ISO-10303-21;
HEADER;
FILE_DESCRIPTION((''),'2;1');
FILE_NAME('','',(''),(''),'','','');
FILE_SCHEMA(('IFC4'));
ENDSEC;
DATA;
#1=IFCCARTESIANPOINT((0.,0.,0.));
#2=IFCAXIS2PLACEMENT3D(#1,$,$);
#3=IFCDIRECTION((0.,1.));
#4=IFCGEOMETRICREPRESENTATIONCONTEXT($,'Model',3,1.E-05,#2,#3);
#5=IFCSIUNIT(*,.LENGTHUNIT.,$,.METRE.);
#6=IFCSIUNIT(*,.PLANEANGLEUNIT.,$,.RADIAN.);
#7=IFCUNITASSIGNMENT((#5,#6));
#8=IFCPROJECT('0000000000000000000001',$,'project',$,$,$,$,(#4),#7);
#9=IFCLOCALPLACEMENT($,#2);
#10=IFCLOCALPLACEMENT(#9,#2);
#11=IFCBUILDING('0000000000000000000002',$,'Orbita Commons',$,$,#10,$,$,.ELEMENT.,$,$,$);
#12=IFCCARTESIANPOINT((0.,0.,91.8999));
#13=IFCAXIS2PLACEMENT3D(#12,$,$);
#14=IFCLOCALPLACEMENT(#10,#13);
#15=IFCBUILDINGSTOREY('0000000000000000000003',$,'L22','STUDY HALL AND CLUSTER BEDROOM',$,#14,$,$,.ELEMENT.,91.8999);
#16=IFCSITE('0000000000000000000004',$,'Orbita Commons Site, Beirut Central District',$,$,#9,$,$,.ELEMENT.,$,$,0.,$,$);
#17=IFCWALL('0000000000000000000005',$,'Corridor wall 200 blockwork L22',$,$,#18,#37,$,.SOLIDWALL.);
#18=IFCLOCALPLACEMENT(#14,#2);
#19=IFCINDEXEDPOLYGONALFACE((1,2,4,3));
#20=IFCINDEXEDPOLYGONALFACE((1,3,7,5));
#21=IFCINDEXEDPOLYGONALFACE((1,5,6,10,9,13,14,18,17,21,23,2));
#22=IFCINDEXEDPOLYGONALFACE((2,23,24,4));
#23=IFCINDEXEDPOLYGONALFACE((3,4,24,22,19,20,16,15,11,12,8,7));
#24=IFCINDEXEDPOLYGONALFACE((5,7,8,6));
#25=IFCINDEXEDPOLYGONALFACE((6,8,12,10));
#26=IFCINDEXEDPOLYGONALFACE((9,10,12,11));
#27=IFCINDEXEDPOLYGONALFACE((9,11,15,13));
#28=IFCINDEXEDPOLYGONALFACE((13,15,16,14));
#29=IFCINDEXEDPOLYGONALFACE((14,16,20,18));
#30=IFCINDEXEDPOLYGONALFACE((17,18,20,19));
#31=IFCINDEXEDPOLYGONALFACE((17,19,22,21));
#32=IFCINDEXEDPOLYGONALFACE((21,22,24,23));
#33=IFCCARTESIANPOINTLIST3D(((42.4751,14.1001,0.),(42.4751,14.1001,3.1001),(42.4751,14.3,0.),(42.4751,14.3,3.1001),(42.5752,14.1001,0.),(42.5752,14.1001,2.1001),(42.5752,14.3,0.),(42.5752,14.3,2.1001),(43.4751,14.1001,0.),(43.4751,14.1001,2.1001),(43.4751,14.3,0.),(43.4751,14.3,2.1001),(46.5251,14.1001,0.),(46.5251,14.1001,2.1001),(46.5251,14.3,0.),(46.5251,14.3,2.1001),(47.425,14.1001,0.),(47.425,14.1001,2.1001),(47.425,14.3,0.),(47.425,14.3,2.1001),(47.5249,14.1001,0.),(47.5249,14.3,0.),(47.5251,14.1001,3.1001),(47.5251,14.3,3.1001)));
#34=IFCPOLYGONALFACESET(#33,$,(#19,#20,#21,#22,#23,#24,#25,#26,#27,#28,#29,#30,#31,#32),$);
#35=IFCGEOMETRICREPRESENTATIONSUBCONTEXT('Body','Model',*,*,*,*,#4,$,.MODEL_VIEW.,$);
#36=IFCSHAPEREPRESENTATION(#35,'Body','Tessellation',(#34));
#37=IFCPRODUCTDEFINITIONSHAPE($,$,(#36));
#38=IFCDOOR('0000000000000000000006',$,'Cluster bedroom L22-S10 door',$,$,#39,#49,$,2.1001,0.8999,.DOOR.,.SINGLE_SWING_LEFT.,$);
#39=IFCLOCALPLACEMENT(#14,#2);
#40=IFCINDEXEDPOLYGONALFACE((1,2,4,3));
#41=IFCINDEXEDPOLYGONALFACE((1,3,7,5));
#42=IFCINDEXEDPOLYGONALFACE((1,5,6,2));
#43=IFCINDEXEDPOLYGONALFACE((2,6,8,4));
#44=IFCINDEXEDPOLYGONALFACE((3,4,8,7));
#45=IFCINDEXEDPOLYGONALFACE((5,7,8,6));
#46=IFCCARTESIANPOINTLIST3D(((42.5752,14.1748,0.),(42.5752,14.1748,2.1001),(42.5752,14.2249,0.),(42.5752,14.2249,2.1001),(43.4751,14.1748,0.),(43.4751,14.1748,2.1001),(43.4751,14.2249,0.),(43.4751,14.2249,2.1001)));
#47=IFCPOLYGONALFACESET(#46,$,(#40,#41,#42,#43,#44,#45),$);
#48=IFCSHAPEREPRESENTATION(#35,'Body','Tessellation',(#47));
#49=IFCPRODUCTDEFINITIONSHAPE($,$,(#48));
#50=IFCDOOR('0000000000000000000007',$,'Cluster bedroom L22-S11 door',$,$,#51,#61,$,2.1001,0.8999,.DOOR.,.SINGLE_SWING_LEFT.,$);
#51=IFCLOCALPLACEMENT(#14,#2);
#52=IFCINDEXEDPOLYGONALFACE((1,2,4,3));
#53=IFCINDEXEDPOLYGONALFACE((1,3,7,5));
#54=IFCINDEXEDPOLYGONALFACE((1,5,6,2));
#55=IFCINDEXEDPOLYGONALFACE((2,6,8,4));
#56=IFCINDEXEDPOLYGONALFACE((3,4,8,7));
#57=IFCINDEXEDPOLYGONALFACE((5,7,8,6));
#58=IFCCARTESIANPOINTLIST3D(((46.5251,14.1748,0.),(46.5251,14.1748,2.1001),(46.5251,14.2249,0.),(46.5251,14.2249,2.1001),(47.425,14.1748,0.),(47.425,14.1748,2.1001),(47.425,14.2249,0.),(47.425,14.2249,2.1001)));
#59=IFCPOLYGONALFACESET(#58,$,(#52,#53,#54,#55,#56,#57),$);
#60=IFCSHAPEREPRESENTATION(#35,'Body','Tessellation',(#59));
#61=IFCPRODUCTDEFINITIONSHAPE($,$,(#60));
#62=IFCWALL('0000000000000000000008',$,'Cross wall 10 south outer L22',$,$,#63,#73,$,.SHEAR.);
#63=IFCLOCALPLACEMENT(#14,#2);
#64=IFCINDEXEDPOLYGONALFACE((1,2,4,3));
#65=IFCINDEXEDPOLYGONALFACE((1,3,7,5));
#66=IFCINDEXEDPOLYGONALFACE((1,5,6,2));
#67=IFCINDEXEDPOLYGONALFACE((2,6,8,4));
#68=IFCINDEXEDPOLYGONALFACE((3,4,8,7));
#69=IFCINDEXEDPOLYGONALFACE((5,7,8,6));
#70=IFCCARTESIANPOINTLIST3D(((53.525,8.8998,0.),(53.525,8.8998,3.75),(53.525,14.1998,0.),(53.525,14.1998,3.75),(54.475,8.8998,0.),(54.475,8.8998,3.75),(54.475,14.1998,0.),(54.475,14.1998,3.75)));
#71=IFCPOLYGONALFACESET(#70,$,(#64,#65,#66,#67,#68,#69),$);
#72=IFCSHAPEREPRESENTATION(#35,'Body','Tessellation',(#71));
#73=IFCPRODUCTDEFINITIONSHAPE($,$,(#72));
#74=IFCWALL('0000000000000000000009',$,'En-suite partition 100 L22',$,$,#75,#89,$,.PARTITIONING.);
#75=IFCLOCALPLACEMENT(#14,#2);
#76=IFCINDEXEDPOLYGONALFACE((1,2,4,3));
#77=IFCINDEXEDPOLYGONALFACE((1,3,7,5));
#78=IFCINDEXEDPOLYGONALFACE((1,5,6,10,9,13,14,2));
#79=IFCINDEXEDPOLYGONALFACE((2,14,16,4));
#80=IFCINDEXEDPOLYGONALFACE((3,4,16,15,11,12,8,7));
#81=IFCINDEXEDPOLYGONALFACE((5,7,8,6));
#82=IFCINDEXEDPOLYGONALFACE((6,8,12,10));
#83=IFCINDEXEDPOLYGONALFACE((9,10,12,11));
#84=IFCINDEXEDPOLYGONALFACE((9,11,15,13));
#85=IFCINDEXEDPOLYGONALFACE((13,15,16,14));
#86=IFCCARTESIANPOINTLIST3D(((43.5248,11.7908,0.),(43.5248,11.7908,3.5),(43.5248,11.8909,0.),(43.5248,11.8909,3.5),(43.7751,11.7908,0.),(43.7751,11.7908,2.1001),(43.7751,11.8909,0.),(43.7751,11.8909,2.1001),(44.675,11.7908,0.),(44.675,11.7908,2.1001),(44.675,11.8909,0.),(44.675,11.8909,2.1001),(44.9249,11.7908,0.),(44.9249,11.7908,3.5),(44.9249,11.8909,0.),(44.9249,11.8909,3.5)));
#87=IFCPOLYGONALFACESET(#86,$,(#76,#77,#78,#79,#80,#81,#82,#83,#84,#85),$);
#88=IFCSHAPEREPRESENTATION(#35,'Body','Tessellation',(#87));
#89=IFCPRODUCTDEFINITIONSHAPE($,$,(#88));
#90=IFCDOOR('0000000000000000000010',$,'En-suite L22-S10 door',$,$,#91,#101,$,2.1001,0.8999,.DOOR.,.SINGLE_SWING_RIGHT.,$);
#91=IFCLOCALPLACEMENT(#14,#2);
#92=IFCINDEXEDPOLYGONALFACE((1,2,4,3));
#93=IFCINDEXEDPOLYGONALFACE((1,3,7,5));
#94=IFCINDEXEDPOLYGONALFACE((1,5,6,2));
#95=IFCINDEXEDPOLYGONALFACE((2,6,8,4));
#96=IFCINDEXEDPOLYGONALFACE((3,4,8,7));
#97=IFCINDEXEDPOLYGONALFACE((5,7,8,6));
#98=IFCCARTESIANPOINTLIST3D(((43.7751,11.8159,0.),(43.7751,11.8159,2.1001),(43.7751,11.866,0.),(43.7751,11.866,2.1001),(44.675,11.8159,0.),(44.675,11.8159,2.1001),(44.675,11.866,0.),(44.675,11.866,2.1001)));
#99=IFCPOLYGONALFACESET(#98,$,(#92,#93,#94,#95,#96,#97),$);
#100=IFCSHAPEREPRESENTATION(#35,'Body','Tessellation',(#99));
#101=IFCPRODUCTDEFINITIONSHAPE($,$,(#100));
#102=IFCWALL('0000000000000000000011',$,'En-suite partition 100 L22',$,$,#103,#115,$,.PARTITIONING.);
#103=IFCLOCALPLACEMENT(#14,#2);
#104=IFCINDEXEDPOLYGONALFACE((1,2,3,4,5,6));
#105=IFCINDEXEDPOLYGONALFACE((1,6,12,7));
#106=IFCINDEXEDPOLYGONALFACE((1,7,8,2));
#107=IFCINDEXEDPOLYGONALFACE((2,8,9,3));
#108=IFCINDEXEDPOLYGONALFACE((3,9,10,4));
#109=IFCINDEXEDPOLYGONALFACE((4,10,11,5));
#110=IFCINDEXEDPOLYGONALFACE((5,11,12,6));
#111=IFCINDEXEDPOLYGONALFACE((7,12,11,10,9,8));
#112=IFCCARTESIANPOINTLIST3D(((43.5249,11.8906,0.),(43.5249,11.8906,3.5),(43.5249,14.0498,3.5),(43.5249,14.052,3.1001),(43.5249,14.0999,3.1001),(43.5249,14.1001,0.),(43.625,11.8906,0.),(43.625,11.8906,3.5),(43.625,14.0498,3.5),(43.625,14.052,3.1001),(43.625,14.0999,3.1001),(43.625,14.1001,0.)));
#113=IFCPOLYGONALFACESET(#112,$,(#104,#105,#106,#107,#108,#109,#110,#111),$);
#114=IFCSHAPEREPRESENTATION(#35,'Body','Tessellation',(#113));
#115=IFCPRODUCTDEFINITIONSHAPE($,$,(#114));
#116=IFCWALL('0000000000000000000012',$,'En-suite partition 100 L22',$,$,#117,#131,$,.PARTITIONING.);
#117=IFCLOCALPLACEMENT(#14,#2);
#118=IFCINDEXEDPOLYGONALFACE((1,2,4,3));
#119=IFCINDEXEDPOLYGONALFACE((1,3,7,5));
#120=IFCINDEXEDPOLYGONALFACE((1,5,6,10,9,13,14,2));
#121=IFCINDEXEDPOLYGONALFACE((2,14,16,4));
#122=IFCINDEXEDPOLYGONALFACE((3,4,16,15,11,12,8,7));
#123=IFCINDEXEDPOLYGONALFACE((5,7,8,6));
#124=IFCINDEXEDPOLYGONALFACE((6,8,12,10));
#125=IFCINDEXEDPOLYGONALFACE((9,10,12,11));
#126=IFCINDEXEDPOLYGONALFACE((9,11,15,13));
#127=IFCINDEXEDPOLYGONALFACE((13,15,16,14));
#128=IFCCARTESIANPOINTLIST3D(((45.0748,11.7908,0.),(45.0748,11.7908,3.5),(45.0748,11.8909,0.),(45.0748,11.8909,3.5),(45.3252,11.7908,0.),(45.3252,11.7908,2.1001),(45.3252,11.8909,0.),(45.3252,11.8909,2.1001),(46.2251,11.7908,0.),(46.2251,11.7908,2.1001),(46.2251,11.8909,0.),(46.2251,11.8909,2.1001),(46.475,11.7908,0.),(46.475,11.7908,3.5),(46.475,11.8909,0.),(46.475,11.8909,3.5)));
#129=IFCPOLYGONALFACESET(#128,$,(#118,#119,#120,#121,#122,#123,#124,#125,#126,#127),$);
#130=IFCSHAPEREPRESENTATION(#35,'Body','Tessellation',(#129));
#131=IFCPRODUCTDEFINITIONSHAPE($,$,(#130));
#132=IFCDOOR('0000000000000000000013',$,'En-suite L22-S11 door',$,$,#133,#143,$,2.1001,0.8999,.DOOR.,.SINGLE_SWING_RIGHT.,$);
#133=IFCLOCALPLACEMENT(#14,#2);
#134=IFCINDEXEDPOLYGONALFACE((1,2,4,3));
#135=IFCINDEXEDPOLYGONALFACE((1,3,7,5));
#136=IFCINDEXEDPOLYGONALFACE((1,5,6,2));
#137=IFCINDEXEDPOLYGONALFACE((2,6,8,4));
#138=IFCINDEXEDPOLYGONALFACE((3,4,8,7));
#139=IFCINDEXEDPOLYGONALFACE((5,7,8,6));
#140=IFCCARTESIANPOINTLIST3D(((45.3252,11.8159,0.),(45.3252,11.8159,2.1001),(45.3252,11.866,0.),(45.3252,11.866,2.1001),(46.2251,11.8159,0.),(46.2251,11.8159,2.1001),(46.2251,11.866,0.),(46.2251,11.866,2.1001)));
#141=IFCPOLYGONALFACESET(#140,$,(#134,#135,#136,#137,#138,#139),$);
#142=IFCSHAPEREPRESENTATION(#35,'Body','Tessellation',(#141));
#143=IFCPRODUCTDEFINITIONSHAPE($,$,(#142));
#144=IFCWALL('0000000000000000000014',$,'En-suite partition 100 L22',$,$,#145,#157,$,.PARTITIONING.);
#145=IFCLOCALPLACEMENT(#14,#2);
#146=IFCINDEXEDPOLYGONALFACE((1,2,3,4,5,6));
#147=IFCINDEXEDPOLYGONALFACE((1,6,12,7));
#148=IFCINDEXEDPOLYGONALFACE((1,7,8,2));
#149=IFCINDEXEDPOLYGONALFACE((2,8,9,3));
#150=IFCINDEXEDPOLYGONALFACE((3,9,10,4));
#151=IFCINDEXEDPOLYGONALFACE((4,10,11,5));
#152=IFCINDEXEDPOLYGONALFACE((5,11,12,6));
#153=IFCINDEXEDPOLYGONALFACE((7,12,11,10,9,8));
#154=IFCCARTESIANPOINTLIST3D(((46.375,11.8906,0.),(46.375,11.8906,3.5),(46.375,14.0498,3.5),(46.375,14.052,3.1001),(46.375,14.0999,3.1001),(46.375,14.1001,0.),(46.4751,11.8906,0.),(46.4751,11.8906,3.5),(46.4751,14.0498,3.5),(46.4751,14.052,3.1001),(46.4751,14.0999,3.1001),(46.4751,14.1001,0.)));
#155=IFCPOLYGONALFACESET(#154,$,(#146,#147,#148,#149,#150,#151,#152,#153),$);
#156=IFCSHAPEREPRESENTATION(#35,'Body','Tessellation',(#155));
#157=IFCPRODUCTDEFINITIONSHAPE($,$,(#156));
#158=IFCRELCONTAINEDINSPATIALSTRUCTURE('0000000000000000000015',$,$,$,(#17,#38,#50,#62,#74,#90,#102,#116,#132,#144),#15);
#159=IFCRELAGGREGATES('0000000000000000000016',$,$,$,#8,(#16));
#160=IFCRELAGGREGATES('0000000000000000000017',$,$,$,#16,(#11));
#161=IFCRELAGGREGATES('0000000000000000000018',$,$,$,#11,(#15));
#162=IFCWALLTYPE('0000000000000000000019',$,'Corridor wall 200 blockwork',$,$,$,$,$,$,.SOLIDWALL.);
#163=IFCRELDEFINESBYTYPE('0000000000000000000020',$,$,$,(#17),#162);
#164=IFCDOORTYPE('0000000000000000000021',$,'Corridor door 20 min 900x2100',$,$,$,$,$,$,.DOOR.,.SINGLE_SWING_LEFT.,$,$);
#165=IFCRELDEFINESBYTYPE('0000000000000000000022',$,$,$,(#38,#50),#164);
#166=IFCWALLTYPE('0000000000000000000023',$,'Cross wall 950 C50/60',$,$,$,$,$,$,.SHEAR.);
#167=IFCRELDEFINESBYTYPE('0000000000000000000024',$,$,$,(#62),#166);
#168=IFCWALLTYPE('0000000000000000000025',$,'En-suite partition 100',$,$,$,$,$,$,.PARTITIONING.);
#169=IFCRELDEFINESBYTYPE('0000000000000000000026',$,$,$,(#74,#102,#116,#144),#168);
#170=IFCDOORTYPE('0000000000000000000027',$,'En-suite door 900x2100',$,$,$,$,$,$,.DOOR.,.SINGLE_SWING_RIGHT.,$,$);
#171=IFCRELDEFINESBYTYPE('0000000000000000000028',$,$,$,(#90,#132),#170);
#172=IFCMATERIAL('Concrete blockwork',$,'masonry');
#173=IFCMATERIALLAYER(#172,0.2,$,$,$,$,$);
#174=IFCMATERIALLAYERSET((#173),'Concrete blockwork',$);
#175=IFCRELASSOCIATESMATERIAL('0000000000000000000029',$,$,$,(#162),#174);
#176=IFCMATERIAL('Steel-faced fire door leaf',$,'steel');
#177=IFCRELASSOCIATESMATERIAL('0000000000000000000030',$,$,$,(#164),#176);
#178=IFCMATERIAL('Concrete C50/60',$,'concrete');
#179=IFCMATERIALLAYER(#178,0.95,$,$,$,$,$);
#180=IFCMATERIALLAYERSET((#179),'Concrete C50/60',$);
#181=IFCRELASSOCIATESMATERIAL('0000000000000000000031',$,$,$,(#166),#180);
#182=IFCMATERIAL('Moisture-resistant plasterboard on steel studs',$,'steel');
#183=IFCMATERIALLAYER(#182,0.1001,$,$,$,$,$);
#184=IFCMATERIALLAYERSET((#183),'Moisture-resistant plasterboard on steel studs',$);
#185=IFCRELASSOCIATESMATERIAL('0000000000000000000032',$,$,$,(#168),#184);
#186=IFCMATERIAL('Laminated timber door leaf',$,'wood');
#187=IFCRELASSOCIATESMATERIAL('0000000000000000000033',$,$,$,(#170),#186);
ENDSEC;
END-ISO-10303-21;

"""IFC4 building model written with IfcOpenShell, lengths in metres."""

from ifc_helpers import new_model, si_unit, direction, frame, frame_2d, origin, place, context, subcontext, project, spatial, polyline, rectangle, outline, extrude, material, layer, layer_set, type_object, element, fill, save


model = new_model("IFC4")

# Units and contexts
model_context = context("Model", 3, precision=1e-05, world=origin(), true_north=direction((0.0, 1.0)))
body_context = subcontext(model_context, "Body", "Model", "MODEL_VIEW")
ifc_project = project(units=[si_unit("LENGTHUNIT", "METRE"), si_unit("PLANEANGLEUNIT", "RADIAN")], contexts=[model_context])

# Site, building, storey
site_placement = place(None, origin())
site = spatial("IfcSite", under=ifc_project, at=site_placement, Name="Orbita Commons Site, Beirut Central District", CompositionType="ELEMENT", RefElevation=0.0)
building_placement = place(site_placement, origin())
building = spatial("IfcBuilding", under=site, at=building_placement, Name="Orbita Commons", CompositionType="ELEMENT")
storey_placement = place(building_placement, frame((0.0, 0.0, 91.8999)))
storey = spatial("IfcBuildingStorey", under=building, at=storey_placement, Name="L22", Description="STUDY HALL AND CLUSTER BEDROOM", CompositionType="ELEMENT", Elevation=91.8999)

# Wall, openings, doors
ifc_material_1 = material(Name="Concrete blockwork", Category="masonry")
ifc_layer_1 = layer(ifc_material_1, 0.2)
ifc_layer_set_1 = layer_set([ifc_layer_1], Name="Concrete blockwork")
wall_type_1 = type_object("IfcWallType", Name="Corridor wall 200 blockwork", PredefinedType="SOLIDWALL", material=ifc_layer_set_1)
wall_1_placement = place(storey_placement, frame((42.4751, 14.2, 0.0), z_axis=(0.0, 0.0, 1.0), x_axis=(1.0, 0.0, 0.0)))
wall_1 = element("IfcWall", 1, at=wall_1_placement, inside=storey, type_object=wall_type_1, Name="Corridor wall 200 blockwork L22", PredefinedType="SOLIDWALL", context=body_context, shape_type="SweptSolid", body=[
    extrude(outline(polyline([(0.0, 0.0), (5.0498, 0.0), (5.05, 3.1001), (0.0, 3.1001), (0.0, 0.0)])), frame((0.0, 0.1001, 0.0), z_axis=(0.0, -1.0, 0.0), x_axis=(1.0, 0.0, 0.0)), (0.0, 0.0, 1.0), 0.2),
])
opening_1_placement = place(wall_1_placement, frame((0.1001, 0.0, 0.0)))
opening_1 = element("IfcOpeningElement", 2, at=opening_1_placement, cuts=wall_1, PredefinedType="OPENING", context=body_context, shape_type="SweptSolid", body=[
    extrude(rectangle(XDim=0.8999, YDim=2.1001, at=frame_2d((0.45, 1.05))), frame((0.0, 0.1099, 0.0), z_axis=(0.0, -1.0, 0.0), x_axis=(1.0, 0.0, 0.0)), (0.0, 0.0, 1.0), 0.22),
])
opening_2_placement = place(wall_1_placement, frame((4.05, 0.0, 0.0)))
opening_2 = element("IfcOpeningElement", 3, at=opening_2_placement, cuts=wall_1, PredefinedType="OPENING", context=body_context, shape_type="SweptSolid", body=[
    extrude(rectangle(XDim=0.8999, YDim=2.1001, at=frame_2d((0.45, 1.05))), frame((0.0, 0.1099, 0.0), z_axis=(0.0, -1.0, 0.0), x_axis=(1.0, 0.0, 0.0)), (0.0, 0.0, 1.0), 0.22),
])
ifc_material_2 = material(Name="Steel-faced fire door leaf", Category="steel")
door_type_1 = type_object("IfcDoorType", Name="Corridor door 20 min 900x2100", OperationType="SINGLE_SWING_LEFT", PredefinedType="DOOR", material=ifc_material_2)
door_1_placement = place(opening_1_placement, origin())
door_1 = element("IfcDoor", 4, at=door_1_placement, inside=storey, type_object=door_type_1, Name="Cluster bedroom L22-S10 door", OperationType="SINGLE_SWING_LEFT", OverallHeight=2.1001, OverallWidth=0.8999, PredefinedType="DOOR", context=body_context, shape_type="SweptSolid", body=[
    extrude(rectangle(XDim=0.8999, YDim=2.1001, at=frame_2d((0.45, 1.05))), frame((0.0, 0.0249, 0.0), z_axis=(0.0, -1.0, 0.0), x_axis=(1.0, 0.0, 0.0)), (0.0, 0.0, 1.0), 0.05),
])
fill(opening_1, door_1)
door_2_placement = place(opening_2_placement, origin())
door_2 = element("IfcDoor", 5, at=door_2_placement, inside=storey, type_object=door_type_1, Name="Cluster bedroom L22-S11 door", OperationType="SINGLE_SWING_LEFT", OverallHeight=2.1001, OverallWidth=0.8999, PredefinedType="DOOR", context=body_context, shape_type="SweptSolid", body=[
    extrude(rectangle(XDim=0.8999, YDim=2.1001, at=frame_2d((0.45, 1.05))), frame((0.0, 0.0249, 0.0), z_axis=(0.0, -1.0, 0.0), x_axis=(1.0, 0.0, 0.0)), (0.0, 0.0, 1.0), 0.05),
])
fill(opening_2, door_2)

# Wall
ifc_material_3 = material(Name="Concrete C50/60", Category="concrete")
ifc_layer_2 = layer(ifc_material_3, 0.95)
ifc_layer_set_2 = layer_set([ifc_layer_2], Name="Concrete C50/60")
wall_type_2 = type_object("IfcWallType", Name="Cross wall 950 C50/60", PredefinedType="SHEAR", material=ifc_layer_set_2)
wall_2_placement = place(storey_placement, frame((54.0, 8.8999, 0.0), z_axis=(0.0, 0.0, 1.0), x_axis=(0.0, 1.0, 0.0)))
element("IfcWall", 6, at=wall_2_placement, inside=storey, type_object=wall_type_2, Name="Cross wall 10 south outer L22", PredefinedType="SHEAR", context=body_context, shape_type="SweptSolid", body=[
    extrude(rectangle(XDim=5.3, YDim=0.95, at=frame_2d((2.6499, 0.0))), origin(), (0.0, 0.0, 1.0), 3.75),
])

# Wall, opening, door
ifc_material_4 = material(Name="Moisture-resistant plasterboard on steel studs", Category="steel")
ifc_layer_3 = layer(ifc_material_4, 0.1001)
ifc_layer_set_3 = layer_set([ifc_layer_3], Name="Moisture-resistant plasterboard on steel studs")
wall_type_3 = type_object("IfcWallType", Name="En-suite partition 100", PredefinedType="PARTITIONING", material=ifc_layer_set_3)
wall_3_placement = place(storey_placement, frame((44.925, 11.8408, 0.0), z_axis=(0.0, 0.0, 1.0), x_axis=(-1.0, 0.0, 0.0)))
wall_3 = element("IfcWall", 7, at=wall_3_placement, inside=storey, type_object=wall_type_3, Name="En-suite partition 100 L22", PredefinedType="PARTITIONING", context=body_context, shape_type="SweptSolid", body=[
    extrude(rectangle(XDim=1.4001, YDim=0.1001, at=frame_2d((0.7002, 0.0))), origin(), (0.0, 0.0, 1.0), 3.5),
])
opening_3_placement = place(wall_3_placement, frame((0.25, 0.0, 0.0)))
opening_3 = element("IfcOpeningElement", 8, at=opening_3_placement, cuts=wall_3, PredefinedType="OPENING", context=body_context, shape_type="SweptSolid", body=[
    extrude(rectangle(XDim=0.8999, YDim=2.1001, at=frame_2d((0.45, 1.05))), frame((0.0, 0.0601, 0.0), z_axis=(0.0, -1.0, 0.0), x_axis=(1.0, 0.0, 0.0)), (0.0, 0.0, 1.0), 0.1201),
])
ifc_material_5 = material(Name="Laminated timber door leaf", Category="wood")
door_type_2 = type_object("IfcDoorType", Name="En-suite door 900x2100", OperationType="SINGLE_SWING_RIGHT", PredefinedType="DOOR", material=ifc_material_5)
door_3_placement = place(opening_3_placement, origin())
door_3 = element("IfcDoor", 9, at=door_3_placement, inside=storey, type_object=door_type_2, Name="En-suite L22-S10 door", OperationType="SINGLE_SWING_RIGHT", OverallHeight=2.1001, OverallWidth=0.8999, PredefinedType="DOOR", context=body_context, shape_type="SweptSolid", body=[
    extrude(rectangle(XDim=0.8999, YDim=2.1001, at=frame_2d((0.45, 1.05))), frame((0.0, 0.0249, 0.0), z_axis=(0.0, -1.0, 0.0), x_axis=(1.0, 0.0, 0.0)), (0.0, 0.0, 1.0), 0.05),
])
fill(opening_3, door_3)

# Wall
wall_4_placement = place(storey_placement, frame((43.575, 11.8906, 0.0), z_axis=(0.0, 0.0, 1.0), x_axis=(0.0, 1.0, 0.0)))
element("IfcWall", 10, at=wall_4_placement, inside=storey, type_object=wall_type_3, Name="En-suite partition 100 L22", PredefinedType="PARTITIONING", context=body_context, shape_type="SweptSolid", body=[
    extrude(outline(polyline([(0.0, 0.0), (2.2095, 0.0), (2.2092, 3.1001), (2.1614, 3.1001), (2.1592, 3.5), (0.0, 3.5), (0.0, 0.0)])), frame((0.0, 0.05, 0.0), z_axis=(0.0, -1.0, 0.0), x_axis=(1.0, 0.0, 0.0)), (0.0, 0.0, 1.0), 0.1001),
])

# Wall, opening, door
wall_5_placement = place(storey_placement, frame((46.4751, 11.8408, 0.0), z_axis=(0.0, 0.0, 1.0), x_axis=(-1.0, 0.0, 0.0)))
wall_5 = element("IfcWall", 11, at=wall_5_placement, inside=storey, type_object=wall_type_3, Name="En-suite partition 100 L22", PredefinedType="PARTITIONING", context=body_context, shape_type="SweptSolid", body=[
    extrude(rectangle(XDim=1.4001, YDim=0.1001, at=frame_2d((0.7002, 0.0))), origin(), (0.0, 0.0, 1.0), 3.5),
])
opening_4_placement = place(wall_5_placement, frame((0.25, 0.0, 0.0)))
opening_4 = element("IfcOpeningElement", 12, at=opening_4_placement, cuts=wall_5, PredefinedType="OPENING", context=body_context, shape_type="SweptSolid", body=[
    extrude(rectangle(XDim=0.8999, YDim=2.1001, at=frame_2d((0.45, 1.05))), frame((0.0, 0.0601, 0.0), z_axis=(0.0, -1.0, 0.0), x_axis=(1.0, 0.0, 0.0)), (0.0, 0.0, 1.0), 0.1201),
])
door_4_placement = place(opening_4_placement, origin())
door_4 = element("IfcDoor", 13, at=door_4_placement, inside=storey, type_object=door_type_2, Name="En-suite L22-S11 door", OperationType="SINGLE_SWING_RIGHT", OverallHeight=2.1001, OverallWidth=0.8999, PredefinedType="DOOR", context=body_context, shape_type="SweptSolid", body=[
    extrude(rectangle(XDim=0.8999, YDim=2.1001, at=frame_2d((0.45, 1.05))), frame((0.0, 0.0249, 0.0), z_axis=(0.0, -1.0, 0.0), x_axis=(1.0, 0.0, 0.0)), (0.0, 0.0, 1.0), 0.05),
])
fill(opening_4, door_4)

# Wall
wall_6_placement = place(storey_placement, frame((46.425, 11.8906, 0.0), z_axis=(0.0, 0.0, 1.0), x_axis=(0.0, 1.0, 0.0)))
element("IfcWall", 14, at=wall_6_placement, inside=storey, type_object=wall_type_3, Name="En-suite partition 100 L22", PredefinedType="PARTITIONING", context=body_context, shape_type="SweptSolid", body=[
    extrude(outline(polyline([(0.0, 0.0), (2.2095, 0.0), (2.2092, 3.1001), (2.1614, 3.1001), (2.1592, 3.5), (0.0, 3.5), (0.0, 0.0)])), frame((0.0, 0.05, 0.0), z_axis=(0.0, -1.0, 0.0), x_axis=(1.0, 0.0, 0.0)), (0.0, 0.0, 1.0), 0.1001),
])

save(model, "model.ifc")
